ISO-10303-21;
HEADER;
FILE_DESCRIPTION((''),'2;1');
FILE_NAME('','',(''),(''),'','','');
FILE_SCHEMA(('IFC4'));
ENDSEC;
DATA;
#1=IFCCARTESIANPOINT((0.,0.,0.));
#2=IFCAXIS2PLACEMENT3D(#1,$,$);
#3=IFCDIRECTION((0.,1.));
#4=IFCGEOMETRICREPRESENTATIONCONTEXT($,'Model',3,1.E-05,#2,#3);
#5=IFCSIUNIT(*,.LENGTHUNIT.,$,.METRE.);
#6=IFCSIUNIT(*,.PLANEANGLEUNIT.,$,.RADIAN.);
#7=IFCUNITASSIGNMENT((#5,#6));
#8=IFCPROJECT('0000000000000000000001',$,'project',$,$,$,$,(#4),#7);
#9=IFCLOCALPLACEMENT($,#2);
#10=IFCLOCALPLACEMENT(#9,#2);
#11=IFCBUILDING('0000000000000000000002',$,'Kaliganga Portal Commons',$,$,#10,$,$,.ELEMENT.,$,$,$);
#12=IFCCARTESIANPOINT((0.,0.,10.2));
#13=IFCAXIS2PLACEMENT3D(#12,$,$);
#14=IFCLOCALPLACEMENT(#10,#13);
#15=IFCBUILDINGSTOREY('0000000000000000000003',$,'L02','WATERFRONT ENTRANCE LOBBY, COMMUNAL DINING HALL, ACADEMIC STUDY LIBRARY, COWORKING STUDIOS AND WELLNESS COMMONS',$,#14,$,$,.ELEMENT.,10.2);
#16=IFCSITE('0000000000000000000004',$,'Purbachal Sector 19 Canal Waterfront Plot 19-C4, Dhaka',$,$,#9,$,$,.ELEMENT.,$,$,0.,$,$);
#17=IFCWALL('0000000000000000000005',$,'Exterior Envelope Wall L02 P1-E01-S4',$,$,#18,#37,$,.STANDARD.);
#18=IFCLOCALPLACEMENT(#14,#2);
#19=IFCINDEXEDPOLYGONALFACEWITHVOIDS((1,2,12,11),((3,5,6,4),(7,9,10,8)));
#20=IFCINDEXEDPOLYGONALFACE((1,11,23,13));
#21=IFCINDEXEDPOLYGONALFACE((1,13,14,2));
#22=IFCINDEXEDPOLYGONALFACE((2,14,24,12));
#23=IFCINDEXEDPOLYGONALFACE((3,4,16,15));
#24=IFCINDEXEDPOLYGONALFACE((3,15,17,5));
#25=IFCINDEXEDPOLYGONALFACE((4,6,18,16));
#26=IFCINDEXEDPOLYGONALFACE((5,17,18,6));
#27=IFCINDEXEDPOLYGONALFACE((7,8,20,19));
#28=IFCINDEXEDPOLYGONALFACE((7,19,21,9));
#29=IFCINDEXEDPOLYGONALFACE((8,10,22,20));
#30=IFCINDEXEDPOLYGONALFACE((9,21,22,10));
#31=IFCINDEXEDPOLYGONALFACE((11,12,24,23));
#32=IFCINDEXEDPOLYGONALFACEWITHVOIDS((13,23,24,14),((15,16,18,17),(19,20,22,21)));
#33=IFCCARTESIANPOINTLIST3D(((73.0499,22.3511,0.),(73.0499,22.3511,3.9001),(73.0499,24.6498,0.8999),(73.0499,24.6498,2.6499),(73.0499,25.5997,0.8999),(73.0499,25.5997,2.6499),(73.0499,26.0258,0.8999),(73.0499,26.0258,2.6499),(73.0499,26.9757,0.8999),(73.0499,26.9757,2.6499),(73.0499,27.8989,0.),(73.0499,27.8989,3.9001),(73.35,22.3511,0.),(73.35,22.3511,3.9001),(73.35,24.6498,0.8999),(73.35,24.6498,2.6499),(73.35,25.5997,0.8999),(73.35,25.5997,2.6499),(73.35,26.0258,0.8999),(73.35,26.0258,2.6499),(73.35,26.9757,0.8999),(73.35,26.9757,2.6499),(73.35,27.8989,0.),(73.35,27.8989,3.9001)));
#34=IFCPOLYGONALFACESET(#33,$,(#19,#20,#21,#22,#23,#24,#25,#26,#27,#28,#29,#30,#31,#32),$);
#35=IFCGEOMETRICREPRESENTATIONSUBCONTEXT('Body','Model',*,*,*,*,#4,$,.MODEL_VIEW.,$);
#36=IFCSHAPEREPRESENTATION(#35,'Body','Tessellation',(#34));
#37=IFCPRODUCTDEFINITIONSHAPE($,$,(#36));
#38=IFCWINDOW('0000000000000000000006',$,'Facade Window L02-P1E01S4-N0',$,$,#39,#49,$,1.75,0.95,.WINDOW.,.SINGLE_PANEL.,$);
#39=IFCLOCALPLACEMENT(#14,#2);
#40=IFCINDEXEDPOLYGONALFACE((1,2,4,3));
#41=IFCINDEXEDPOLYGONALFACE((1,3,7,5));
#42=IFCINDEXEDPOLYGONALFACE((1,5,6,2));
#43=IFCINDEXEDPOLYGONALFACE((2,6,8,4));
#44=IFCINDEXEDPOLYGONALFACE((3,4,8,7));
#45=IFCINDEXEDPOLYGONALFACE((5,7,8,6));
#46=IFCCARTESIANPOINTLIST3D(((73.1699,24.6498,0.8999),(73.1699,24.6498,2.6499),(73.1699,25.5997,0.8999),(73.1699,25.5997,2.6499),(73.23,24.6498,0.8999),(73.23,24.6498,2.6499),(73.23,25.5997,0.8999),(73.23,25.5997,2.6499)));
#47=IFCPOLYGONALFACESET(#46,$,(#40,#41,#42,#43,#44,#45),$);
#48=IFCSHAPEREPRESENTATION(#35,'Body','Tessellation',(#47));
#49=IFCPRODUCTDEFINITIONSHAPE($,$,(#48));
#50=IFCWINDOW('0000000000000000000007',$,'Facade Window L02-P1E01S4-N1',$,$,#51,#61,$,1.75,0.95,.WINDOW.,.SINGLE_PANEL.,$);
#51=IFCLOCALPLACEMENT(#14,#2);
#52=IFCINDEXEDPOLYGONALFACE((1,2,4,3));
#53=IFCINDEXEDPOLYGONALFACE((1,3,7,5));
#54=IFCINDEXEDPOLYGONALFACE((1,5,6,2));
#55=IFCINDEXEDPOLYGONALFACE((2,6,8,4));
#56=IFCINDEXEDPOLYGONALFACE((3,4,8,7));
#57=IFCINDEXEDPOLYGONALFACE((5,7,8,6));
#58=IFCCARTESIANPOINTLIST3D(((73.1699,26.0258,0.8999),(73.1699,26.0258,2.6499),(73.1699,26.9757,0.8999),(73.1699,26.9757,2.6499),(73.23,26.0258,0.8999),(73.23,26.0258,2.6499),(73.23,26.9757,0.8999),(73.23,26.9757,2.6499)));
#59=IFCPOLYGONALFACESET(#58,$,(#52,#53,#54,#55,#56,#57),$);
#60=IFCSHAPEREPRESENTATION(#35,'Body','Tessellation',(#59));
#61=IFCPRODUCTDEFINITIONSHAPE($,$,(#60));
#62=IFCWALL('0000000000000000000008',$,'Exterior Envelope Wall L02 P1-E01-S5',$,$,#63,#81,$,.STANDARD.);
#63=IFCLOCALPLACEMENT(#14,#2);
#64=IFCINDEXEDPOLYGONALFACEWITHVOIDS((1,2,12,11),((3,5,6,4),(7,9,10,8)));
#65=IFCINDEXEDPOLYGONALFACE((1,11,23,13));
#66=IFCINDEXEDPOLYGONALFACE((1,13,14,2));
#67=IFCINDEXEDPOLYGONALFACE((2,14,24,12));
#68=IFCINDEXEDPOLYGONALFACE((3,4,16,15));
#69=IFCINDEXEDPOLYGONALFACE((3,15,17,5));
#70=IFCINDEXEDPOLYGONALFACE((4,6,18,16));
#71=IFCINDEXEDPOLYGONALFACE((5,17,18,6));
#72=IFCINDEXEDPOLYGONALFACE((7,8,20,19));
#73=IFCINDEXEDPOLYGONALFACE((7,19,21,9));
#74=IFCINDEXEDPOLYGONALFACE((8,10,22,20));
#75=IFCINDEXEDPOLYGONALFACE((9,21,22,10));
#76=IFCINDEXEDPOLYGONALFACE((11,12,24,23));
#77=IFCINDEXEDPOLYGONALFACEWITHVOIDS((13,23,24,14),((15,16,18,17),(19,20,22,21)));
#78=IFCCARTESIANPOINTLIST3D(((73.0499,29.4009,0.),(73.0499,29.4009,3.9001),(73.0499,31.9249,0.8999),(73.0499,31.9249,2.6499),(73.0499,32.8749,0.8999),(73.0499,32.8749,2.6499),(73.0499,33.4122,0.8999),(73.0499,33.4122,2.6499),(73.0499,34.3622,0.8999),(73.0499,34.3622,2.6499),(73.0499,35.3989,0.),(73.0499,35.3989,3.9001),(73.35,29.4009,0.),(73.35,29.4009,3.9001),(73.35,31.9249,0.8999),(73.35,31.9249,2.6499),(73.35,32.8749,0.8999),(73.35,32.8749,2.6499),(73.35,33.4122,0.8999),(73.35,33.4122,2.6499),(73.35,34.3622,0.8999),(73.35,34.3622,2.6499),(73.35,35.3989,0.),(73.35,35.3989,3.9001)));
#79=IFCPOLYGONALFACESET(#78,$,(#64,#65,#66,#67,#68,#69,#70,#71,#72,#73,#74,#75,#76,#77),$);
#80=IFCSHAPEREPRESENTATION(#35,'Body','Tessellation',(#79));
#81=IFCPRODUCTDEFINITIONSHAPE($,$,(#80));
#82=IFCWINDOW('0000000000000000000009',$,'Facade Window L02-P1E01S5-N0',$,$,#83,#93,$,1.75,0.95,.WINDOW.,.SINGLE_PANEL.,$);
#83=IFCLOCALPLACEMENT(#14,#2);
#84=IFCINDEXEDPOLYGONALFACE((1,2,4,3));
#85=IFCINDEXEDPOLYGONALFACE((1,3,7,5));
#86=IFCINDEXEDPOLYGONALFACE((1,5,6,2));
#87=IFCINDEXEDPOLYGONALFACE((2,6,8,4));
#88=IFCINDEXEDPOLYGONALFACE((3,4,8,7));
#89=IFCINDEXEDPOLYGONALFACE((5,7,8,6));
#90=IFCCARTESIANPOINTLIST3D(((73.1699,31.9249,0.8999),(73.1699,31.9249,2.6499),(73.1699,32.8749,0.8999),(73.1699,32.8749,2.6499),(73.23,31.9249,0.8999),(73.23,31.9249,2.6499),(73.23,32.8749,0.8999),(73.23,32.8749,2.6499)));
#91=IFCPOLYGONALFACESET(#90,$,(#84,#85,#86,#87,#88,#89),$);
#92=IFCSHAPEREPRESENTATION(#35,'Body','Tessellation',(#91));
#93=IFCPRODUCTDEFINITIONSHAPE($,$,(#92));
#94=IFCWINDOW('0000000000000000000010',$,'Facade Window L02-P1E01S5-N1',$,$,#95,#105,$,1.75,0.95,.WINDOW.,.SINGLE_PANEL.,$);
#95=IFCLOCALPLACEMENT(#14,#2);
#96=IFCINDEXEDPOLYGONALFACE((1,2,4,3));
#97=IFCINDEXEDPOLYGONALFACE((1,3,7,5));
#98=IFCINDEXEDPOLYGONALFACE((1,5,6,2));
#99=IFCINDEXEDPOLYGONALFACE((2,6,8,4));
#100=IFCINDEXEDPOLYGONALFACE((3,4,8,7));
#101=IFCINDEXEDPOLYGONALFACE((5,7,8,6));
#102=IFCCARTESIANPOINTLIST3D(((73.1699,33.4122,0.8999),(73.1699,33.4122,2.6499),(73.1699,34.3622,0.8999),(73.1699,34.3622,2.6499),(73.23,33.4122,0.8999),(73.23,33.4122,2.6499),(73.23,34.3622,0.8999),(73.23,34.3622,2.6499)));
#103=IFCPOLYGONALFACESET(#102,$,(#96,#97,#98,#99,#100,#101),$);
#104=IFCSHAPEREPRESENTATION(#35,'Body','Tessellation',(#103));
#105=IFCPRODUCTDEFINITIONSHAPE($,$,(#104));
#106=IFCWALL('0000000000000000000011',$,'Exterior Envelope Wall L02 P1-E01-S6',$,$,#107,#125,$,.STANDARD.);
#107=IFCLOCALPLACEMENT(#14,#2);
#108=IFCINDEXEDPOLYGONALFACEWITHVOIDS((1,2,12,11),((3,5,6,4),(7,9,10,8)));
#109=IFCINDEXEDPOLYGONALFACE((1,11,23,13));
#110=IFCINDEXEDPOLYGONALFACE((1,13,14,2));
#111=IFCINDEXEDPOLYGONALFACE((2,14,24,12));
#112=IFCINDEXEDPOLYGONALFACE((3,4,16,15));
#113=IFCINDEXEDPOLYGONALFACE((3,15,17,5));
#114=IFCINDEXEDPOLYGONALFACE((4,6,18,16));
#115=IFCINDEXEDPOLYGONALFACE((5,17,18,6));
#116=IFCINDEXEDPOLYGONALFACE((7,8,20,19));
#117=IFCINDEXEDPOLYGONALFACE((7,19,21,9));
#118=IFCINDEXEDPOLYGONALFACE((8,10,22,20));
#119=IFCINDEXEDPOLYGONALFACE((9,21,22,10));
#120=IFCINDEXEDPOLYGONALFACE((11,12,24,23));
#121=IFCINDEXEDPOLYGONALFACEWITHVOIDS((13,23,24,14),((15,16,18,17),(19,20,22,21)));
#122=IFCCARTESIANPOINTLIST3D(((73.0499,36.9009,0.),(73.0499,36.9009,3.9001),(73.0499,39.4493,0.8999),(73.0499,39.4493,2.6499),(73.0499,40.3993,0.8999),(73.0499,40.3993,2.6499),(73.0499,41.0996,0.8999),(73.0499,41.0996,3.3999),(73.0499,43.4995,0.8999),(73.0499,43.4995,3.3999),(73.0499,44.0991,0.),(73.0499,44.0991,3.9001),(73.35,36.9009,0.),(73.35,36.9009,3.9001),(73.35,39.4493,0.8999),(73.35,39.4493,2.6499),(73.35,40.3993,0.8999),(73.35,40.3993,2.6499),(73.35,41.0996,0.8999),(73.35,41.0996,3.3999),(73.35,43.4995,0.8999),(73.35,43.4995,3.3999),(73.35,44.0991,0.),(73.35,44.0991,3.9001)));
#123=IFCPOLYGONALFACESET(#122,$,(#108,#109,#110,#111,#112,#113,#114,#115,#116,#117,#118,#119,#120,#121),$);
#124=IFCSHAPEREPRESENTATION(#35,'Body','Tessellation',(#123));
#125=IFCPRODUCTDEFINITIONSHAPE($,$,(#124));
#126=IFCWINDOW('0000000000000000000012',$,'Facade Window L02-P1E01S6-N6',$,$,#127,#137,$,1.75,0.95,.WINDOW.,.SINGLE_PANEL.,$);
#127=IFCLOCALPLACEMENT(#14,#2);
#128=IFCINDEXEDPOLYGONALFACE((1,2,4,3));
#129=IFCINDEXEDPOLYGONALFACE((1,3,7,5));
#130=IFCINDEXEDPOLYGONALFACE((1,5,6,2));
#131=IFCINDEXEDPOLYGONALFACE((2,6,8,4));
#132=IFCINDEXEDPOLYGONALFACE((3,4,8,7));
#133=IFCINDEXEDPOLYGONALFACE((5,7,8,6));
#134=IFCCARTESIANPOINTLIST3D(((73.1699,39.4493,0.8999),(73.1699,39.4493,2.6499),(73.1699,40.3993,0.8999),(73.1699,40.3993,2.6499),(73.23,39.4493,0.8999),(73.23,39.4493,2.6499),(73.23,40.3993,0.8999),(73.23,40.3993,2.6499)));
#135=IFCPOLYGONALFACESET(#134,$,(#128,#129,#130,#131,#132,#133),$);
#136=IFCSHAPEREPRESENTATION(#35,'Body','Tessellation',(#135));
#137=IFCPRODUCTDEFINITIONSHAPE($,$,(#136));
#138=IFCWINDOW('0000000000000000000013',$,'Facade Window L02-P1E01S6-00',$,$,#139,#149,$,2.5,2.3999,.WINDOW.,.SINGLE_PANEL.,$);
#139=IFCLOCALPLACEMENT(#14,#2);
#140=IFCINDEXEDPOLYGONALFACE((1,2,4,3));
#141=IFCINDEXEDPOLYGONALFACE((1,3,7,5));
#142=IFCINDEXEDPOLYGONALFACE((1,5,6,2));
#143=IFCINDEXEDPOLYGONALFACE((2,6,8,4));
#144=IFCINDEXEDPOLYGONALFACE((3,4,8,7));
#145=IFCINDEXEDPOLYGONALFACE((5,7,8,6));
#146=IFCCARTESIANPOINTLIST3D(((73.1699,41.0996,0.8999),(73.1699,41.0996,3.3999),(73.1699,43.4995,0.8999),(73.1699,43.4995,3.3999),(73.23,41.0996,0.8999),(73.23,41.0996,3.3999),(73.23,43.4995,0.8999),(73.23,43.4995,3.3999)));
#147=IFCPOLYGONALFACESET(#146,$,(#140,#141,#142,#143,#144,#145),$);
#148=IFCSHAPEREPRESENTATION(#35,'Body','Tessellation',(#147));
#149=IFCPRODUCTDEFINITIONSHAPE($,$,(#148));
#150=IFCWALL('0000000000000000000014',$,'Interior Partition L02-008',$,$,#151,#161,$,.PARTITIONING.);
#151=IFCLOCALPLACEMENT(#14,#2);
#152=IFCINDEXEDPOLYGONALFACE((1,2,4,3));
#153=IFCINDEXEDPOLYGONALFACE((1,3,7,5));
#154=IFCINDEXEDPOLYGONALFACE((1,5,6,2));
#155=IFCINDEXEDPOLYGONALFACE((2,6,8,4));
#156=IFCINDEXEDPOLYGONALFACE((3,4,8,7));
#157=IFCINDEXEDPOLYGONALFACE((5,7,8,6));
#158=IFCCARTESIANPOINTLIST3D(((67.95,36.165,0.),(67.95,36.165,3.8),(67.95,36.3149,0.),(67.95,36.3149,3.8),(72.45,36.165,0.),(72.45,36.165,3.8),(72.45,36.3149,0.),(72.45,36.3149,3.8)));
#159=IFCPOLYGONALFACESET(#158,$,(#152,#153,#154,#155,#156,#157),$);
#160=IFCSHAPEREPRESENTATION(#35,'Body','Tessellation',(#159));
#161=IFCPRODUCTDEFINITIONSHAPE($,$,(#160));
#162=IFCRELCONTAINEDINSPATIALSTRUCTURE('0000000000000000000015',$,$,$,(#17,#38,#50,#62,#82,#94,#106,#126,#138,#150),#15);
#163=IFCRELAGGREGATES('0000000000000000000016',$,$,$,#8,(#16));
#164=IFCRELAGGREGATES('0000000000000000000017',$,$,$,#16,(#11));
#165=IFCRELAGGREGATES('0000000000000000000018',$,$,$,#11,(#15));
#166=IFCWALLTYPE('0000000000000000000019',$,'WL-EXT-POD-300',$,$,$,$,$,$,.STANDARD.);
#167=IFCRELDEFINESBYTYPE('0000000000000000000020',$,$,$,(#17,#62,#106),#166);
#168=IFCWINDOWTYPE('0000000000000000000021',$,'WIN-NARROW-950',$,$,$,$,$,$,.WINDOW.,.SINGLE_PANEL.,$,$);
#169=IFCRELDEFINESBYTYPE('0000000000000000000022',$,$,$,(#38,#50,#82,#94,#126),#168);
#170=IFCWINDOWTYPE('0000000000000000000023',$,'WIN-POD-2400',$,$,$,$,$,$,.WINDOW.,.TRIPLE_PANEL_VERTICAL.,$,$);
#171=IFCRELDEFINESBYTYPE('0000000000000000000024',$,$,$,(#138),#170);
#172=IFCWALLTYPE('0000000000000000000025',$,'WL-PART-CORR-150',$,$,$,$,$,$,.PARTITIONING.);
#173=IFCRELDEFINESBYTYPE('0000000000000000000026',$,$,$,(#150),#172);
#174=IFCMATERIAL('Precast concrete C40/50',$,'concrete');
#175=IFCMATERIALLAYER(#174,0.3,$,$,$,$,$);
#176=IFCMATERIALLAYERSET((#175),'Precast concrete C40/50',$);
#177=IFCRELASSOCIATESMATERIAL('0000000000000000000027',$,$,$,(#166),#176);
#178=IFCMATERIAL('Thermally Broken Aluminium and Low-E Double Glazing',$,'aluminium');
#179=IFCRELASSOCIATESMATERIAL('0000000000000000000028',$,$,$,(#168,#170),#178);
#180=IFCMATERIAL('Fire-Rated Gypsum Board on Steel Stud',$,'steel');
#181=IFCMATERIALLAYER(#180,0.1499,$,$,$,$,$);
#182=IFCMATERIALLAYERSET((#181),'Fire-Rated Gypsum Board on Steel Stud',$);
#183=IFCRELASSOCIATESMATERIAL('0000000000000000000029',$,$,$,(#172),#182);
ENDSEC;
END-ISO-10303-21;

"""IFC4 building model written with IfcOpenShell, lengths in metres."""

from ifc_helpers import new_model, si_unit, direction, frame, frame_2d, origin, place, context, subcontext, project, spatial, rectangle, extrude, material, layer, layer_set, type_object, element, fill, save


model = new_model("IFC4")

# Units and contexts
model_context = context("Model", 3, precision=1e-05, world=origin(), true_north=direction((0.0, 1.0)))
body_context = subcontext(model_context, "Body", "Model", "MODEL_VIEW")
ifc_project = project(units=[si_unit("LENGTHUNIT", "METRE"), si_unit("PLANEANGLEUNIT", "RADIAN")], contexts=[model_context])

# Site, building, storey
site_placement = place(None, origin())
site = spatial("IfcSite", under=ifc_project, at=site_placement, Name="Purbachal Sector 19 Canal Waterfront Plot 19-C4, Dhaka", CompositionType="ELEMENT", RefElevation=0.0)
building_placement = place(site_placement, origin())
building = spatial("IfcBuilding", under=site, at=building_placement, Name="Kaliganga Portal Commons", CompositionType="ELEMENT")
storey_placement = place(building_placement, frame((0.0, 0.0, 10.2)))
storey = spatial("IfcBuildingStorey", under=building, at=storey_placement, Name="L02", Description="WATERFRONT ENTRANCE LOBBY, COMMUNAL DINING HALL, ACADEMIC STUDY LIBRARY, COWORKING STUDIOS AND WELLNESS COMMONS", CompositionType="ELEMENT", Elevation=10.2)

# Walls, openings, windows
ifc_material_1 = material(Name="Precast concrete C40/50", Category="concrete")
ifc_layer_1 = layer(ifc_material_1, 0.3)
ifc_layer_set_1 = layer_set([ifc_layer_1], Name="Precast concrete C40/50")
wall_type_1 = type_object("IfcWallType", Name="WL-EXT-POD-300", PredefinedType="STANDARD", material=ifc_layer_set_1)
wall_1_placement = place(storey_placement, frame((73.2, 27.8989, 0.0), z_axis=(0.0, 0.0, 1.0), x_axis=(0.0, -1.0, 0.0)))
wall_1 = element("IfcWall", 1, at=wall_1_placement, inside=storey, type_object=wall_type_1, Name="Exterior Envelope Wall L02 P1-E01-S4", PredefinedType="STANDARD", context=body_context, shape_type="SweptSolid", body=[
    extrude(rectangle(XDim=5.5479, YDim=0.3, at=frame_2d((2.7739, 0.0))), origin(), (0.0, 0.0, 1.0), 3.9001),
])
opening_1_placement = place(wall_1_placement, frame((2.2991, 0.0, 0.8999)))
opening_1 = element("IfcOpeningElement", 2, at=opening_1_placement, cuts=wall_1, PredefinedType="OPENING", context=body_context, shape_type="SweptSolid", body=[
    extrude(rectangle(XDim=0.95, YDim=1.75, at=frame_2d((0.4751, 0.875))), frame((0.0, 0.1602, 0.0), z_axis=(0.0, -1.0, 0.0), x_axis=(1.0, 0.0, 0.0)), (0.0, 0.0, 1.0), 0.3201),
])
opening_2_placement = place(wall_1_placement, frame((0.9231, 0.0, 0.8999)))
opening_2 = element("IfcOpeningElement", 3, at=opening_2_placement, cuts=wall_1, PredefinedType="OPENING", context=body_context, shape_type="SweptSolid", body=[
    extrude(rectangle(XDim=0.95, YDim=1.75, at=frame_2d((0.4751, 0.875))), frame((0.0, 0.1602, 0.0), z_axis=(0.0, -1.0, 0.0), x_axis=(1.0, 0.0, 0.0)), (0.0, 0.0, 1.0), 0.3201),
])
ifc_material_2 = material(Name="Thermally Broken Aluminium and Low-E Double Glazing", Category="aluminium")
window_type_1 = type_object("IfcWindowType", Name="WIN-NARROW-950", PartitioningType="SINGLE_PANEL", PredefinedType="WINDOW", material=ifc_material_2)
window_1_placement = place(opening_1_placement, origin())
window_1 = element("IfcWindow", 4, at=window_1_placement, inside=storey, type_object=window_type_1, Name="Facade Window L02-P1E01S4-N0", OverallHeight=1.75, OverallWidth=0.95, PartitioningType="SINGLE_PANEL", PredefinedType="WINDOW", context=body_context, shape_type="SweptSolid", body=[
    extrude(rectangle(XDim=0.95, YDim=1.75, at=frame_2d((0.4751, 0.875))), frame((0.0, 0.03, 0.0), z_axis=(0.0, -1.0, 0.0), x_axis=(1.0, 0.0, 0.0)), (0.0, 0.0, 1.0), 0.0601),
])
fill(opening_1, window_1)
window_2_placement = place(opening_2_placement, origin())
window_2 = element("IfcWindow", 5, at=window_2_placement, inside=storey, type_object=window_type_1, Name="Facade Window L02-P1E01S4-N1", OverallHeight=1.75, OverallWidth=0.95, PartitioningType="SINGLE_PANEL", PredefinedType="WINDOW", context=body_context, shape_type="SweptSolid", body=[
    extrude(rectangle(XDim=0.95, YDim=1.75, at=frame_2d((0.4751, 0.875))), frame((0.0, 0.03, 0.0), z_axis=(0.0, -1.0, 0.0), x_axis=(1.0, 0.0, 0.0)), (0.0, 0.0, 1.0), 0.0601),
])
fill(opening_2, window_2)
wall_2_placement = place(storey_placement, frame((73.2, 35.3989, 0.0), z_axis=(0.0, 0.0, 1.0), x_axis=(0.0, -1.0, 0.0)))
wall_2 = element("IfcWall", 6, at=wall_2_placement, inside=storey, type_object=wall_type_1, Name="Exterior Envelope Wall L02 P1-E01-S5", PredefinedType="STANDARD", context=body_context, shape_type="SweptSolid", body=[
    extrude(rectangle(XDim=5.998, YDim=0.3, at=frame_2d((2.999, 0.0))), origin(), (0.0, 0.0, 1.0), 3.9001),
])
opening_3_placement = place(wall_2_placement, frame((2.5239, 0.0, 0.8999)))
opening_3 = element("IfcOpeningElement", 7, at=opening_3_placement, cuts=wall_2, PredefinedType="OPENING", context=body_context, shape_type="SweptSolid", body=[
    extrude(rectangle(XDim=0.95, YDim=1.75, at=frame_2d((0.4751, 0.875))), frame((0.0, 0.1602, 0.0), z_axis=(0.0, -1.0, 0.0), x_axis=(1.0, 0.0, 0.0)), (0.0, 0.0, 1.0), 0.3201),
])
opening_4_placement = place(wall_2_placement, frame((1.0366, 0.0, 0.8999)))
opening_4 = element("IfcOpeningElement", 8, at=opening_4_placement, cuts=wall_2, PredefinedType="OPENING", context=body_context, shape_type="SweptSolid", body=[
    extrude(rectangle(XDim=0.95, YDim=1.75, at=frame_2d((0.4751, 0.875))), frame((0.0, 0.1602, 0.0), z_axis=(0.0, -1.0, 0.0), x_axis=(1.0, 0.0, 0.0)), (0.0, 0.0, 1.0), 0.3201),
])
window_3_placement = place(opening_3_placement, origin())
window_3 = element("IfcWindow", 9, at=window_3_placement, inside=storey, type_object=window_type_1, Name="Facade Window L02-P1E01S5-N0", OverallHeight=1.75, OverallWidth=0.95, PartitioningType="SINGLE_PANEL", PredefinedType="WINDOW", context=body_context, shape_type="SweptSolid", body=[
    extrude(rectangle(XDim=0.95, YDim=1.75, at=frame_2d((0.4751, 0.875))), frame((0.0, 0.03, 0.0), z_axis=(0.0, -1.0, 0.0), x_axis=(1.0, 0.0, 0.0)), (0.0, 0.0, 1.0), 0.0601),
])
fill(opening_3, window_3)
window_4_placement = place(opening_4_placement, origin())
window_4 = element("IfcWindow", 10, at=window_4_placement, inside=storey, type_object=window_type_1, Name="Facade Window L02-P1E01S5-N1", OverallHeight=1.75, OverallWidth=0.95, PartitioningType="SINGLE_PANEL", PredefinedType="WINDOW", context=body_context, shape_type="SweptSolid", body=[
    extrude(rectangle(XDim=0.95, YDim=1.75, at=frame_2d((0.4751, 0.875))), frame((0.0, 0.03, 0.0), z_axis=(0.0, -1.0, 0.0), x_axis=(1.0, 0.0, 0.0)), (0.0, 0.0, 1.0), 0.0601),
])
fill(opening_4, window_4)
wall_3_placement = place(storey_placement, frame((73.2, 44.0991, 0.0), z_axis=(0.0, 0.0, 1.0), x_axis=(0.0, -1.0, 0.0)))
wall_3 = element("IfcWall", 11, at=wall_3_placement, inside=storey, type_object=wall_type_1, Name="Exterior Envelope Wall L02 P1-E01-S6", PredefinedType="STANDARD", context=body_context, shape_type="SweptSolid", body=[
    extrude(rectangle(XDim=7.1982, YDim=0.3, at=frame_2d((3.5991, 0.0))), origin(), (0.0, 0.0, 1.0), 3.9001),
])
opening_5_placement = place(wall_3_placement, frame((0.5996, 0.0, 0.8999)))
opening_5 = element("IfcOpeningElement", 12, at=opening_5_placement, cuts=wall_3, PredefinedType="OPENING", context=body_context, shape_type="SweptSolid", body=[
    extrude(rectangle(XDim=2.3999, YDim=2.5, at=frame_2d((1.2, 1.25))), frame((0.0, 0.1602, 0.0), z_axis=(0.0, -1.0, 0.0), x_axis=(1.0, 0.0, 0.0)), (0.0, 0.0, 1.0), 0.3201),
])
opening_6_placement = place(wall_3_placement, frame((3.6997, 0.0, 0.8999)))
opening_6 = element("IfcOpeningElement", 13, at=opening_6_placement, cuts=wall_3, PredefinedType="OPENING", context=body_context, shape_type="SweptSolid", body=[
    extrude(rectangle(XDim=0.95, YDim=1.75, at=frame_2d((0.4751, 0.875))), frame((0.0, 0.1602, 0.0), z_axis=(0.0, -1.0, 0.0), x_axis=(1.0, 0.0, 0.0)), (0.0, 0.0, 1.0), 0.3201),
])
window_5_placement = place(opening_6_placement, origin())
window_5 = element("IfcWindow", 14, at=window_5_placement, inside=storey, type_object=window_type_1, Name="Facade Window L02-P1E01S6-N6", OverallHeight=1.75, OverallWidth=0.95, PartitioningType="SINGLE_PANEL", PredefinedType="WINDOW", context=body_context, shape_type="SweptSolid", body=[
    extrude(rectangle(XDim=0.95, YDim=1.75, at=frame_2d((0.4751, 0.875))), frame((0.0, 0.03, 0.0), z_axis=(0.0, -1.0, 0.0), x_axis=(1.0, 0.0, 0.0)), (0.0, 0.0, 1.0), 0.0601),
])
fill(opening_6, window_5)
window_type_2 = type_object("IfcWindowType", Name="WIN-POD-2400", PartitioningType="TRIPLE_PANEL_VERTICAL", PredefinedType="WINDOW", material=ifc_material_2)
window_6_placement = place(opening_5_placement, origin())
window_6 = element("IfcWindow", 15, at=window_6_placement, inside=storey, type_object=window_type_2, Name="Facade Window L02-P1E01S6-00", OverallHeight=2.5, OverallWidth=2.3999, PartitioningType="SINGLE_PANEL", PredefinedType="WINDOW", context=body_context, shape_type="SweptSolid", body=[
    extrude(rectangle(XDim=2.3999, YDim=2.5, at=frame_2d((1.2, 1.25))), frame((0.0, 0.03, 0.0), z_axis=(0.0, -1.0, 0.0), x_axis=(1.0, 0.0, 0.0)), (0.0, 0.0, 1.0), 0.0601),
])
fill(opening_5, window_6)

# Wall
ifc_material_3 = material(Name="Fire-Rated Gypsum Board on Steel Stud", Category="steel")
ifc_layer_2 = layer(ifc_material_3, 0.1499)
ifc_layer_set_2 = layer_set([ifc_layer_2], Name="Fire-Rated Gypsum Board on Steel Stud")
wall_type_2 = type_object("IfcWallType", Name="WL-PART-CORR-150", PredefinedType="PARTITIONING", material=ifc_layer_set_2)
wall_4_placement = place(storey_placement, frame((67.95, 36.24, 0.0), z_axis=(0.0, 0.0, 1.0), x_axis=(1.0, 0.0, 0.0)))
element("IfcWall", 16, at=wall_4_placement, inside=storey, type_object=wall_type_2, Name="Interior Partition L02-008", PredefinedType="PARTITIONING", context=body_context, shape_type="SweptSolid", body=[
    extrude(rectangle(XDim=4.5, YDim=0.1499, at=frame_2d((2.25, 0.0))), origin(), (0.0, 0.0, 1.0), 3.8),
])

save(model, "model.ifc")
